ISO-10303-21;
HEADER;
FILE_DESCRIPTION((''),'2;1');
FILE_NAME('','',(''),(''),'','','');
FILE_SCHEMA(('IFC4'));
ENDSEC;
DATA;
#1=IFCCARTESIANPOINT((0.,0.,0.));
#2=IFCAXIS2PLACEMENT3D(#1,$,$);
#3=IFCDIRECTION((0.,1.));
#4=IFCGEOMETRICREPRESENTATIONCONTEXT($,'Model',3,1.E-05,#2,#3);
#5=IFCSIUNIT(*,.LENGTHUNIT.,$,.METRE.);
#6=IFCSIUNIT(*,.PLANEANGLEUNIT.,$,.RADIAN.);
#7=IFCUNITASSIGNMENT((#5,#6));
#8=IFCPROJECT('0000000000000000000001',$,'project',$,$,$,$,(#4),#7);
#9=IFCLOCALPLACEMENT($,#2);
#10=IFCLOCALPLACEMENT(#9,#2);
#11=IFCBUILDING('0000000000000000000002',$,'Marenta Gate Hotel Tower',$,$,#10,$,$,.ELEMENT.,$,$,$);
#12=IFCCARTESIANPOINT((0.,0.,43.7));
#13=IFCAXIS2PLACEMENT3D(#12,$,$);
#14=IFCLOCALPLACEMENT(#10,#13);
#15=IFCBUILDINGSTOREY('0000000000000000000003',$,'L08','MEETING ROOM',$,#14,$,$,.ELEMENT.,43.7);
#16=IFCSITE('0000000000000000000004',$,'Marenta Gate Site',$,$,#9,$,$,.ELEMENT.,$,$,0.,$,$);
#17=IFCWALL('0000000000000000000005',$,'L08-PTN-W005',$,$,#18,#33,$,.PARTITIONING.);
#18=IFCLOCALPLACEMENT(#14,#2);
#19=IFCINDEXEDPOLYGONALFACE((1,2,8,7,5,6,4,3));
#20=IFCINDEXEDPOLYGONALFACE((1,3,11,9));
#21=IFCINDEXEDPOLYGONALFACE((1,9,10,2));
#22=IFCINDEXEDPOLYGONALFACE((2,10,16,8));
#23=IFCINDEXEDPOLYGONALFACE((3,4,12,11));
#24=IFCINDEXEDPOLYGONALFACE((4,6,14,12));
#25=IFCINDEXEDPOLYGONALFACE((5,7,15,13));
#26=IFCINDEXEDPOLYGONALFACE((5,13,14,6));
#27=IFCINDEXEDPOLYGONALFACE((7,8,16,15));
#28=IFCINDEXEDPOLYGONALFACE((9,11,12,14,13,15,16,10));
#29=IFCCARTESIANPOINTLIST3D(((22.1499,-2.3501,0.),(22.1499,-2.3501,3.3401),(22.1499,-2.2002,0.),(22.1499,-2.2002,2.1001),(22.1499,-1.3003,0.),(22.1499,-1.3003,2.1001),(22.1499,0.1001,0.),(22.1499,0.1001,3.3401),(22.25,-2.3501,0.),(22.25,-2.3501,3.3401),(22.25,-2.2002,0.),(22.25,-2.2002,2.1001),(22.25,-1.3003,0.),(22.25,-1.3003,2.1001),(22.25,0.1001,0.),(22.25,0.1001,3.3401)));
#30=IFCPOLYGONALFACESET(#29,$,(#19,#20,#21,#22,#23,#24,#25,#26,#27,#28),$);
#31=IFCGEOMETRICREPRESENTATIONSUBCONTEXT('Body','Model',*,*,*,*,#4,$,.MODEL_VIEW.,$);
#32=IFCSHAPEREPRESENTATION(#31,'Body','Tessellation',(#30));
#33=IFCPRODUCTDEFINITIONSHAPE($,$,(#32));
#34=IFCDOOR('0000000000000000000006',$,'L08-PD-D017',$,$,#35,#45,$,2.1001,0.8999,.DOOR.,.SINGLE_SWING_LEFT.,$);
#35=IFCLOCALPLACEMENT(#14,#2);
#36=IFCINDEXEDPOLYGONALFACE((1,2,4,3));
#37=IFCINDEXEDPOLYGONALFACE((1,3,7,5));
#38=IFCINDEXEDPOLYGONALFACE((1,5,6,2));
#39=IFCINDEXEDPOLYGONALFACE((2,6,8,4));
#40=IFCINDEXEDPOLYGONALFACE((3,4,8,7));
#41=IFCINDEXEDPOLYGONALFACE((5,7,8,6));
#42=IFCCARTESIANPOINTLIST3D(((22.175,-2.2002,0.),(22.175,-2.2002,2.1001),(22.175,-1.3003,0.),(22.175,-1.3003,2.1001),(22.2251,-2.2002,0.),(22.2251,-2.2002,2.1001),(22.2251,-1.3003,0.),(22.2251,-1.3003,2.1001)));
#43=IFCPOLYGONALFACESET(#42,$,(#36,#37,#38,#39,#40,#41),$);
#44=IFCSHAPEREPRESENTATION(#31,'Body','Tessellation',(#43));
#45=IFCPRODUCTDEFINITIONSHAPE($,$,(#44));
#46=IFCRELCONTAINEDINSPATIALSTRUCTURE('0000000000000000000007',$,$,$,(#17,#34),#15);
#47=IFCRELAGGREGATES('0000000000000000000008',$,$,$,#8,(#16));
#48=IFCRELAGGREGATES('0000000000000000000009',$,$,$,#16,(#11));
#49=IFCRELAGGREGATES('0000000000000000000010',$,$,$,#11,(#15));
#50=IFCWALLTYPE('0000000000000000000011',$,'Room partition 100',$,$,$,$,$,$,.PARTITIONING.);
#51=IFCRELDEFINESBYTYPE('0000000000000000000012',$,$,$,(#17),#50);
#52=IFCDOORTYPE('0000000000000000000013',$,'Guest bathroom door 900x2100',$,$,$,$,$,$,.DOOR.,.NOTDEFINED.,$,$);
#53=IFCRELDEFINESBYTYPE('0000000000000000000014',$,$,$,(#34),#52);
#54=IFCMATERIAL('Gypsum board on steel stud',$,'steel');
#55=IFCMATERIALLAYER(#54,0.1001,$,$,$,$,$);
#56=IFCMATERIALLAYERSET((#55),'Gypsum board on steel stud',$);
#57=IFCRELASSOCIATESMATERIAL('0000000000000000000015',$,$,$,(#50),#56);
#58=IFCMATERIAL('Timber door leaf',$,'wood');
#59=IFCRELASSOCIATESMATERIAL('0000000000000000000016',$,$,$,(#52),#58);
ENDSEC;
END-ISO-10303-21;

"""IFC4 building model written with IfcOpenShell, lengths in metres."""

from ifc_helpers import new_model, si_unit, direction, frame, frame_2d, origin, place, context, subcontext, project, spatial, rectangle, extrude, material, layer, layer_set, type_object, element, fill, save


model = new_model("IFC4")

# Units and contexts
model_context = context("Model", 3, precision=1e-05, world=origin(), true_north=direction((0.0, 1.0)))
body_context = subcontext(model_context, "Body", "Model", "MODEL_VIEW")
ifc_project = project(units=[si_unit("LENGTHUNIT", "METRE"), si_unit("PLANEANGLEUNIT", "RADIAN")], contexts=[model_context])

# Site, building, storey
site_placement = place(None, origin())
site = spatial("IfcSite", under=ifc_project, at=site_placement, Name="Marenta Gate Site", CompositionType="ELEMENT", RefElevation=0.0)
building_placement = place(site_placement, origin())
building = spatial("IfcBuilding", under=site, at=building_placement, Name="Marenta Gate Hotel Tower", CompositionType="ELEMENT")
storey_placement = place(building_placement, frame((0.0, 0.0, 43.7)))
storey = spatial("IfcBuildingStorey", under=building, at=storey_placement, Name="L08", Description="MEETING ROOM", CompositionType="ELEMENT", Elevation=43.7)

# Wall, opening, door
ifc_material_1 = material(Name="Gypsum board on steel stud", Category="steel")
ifc_layer_1 = layer(ifc_material_1, 0.1001)
ifc_layer_set_1 = layer_set([ifc_layer_1], Name="Gypsum board on steel stud")
wall_type = type_object("IfcWallType", Name="Room partition 100", PredefinedType="PARTITIONING", material=ifc_layer_set_1)
wall_1_placement = place(storey_placement, frame((22.2, -2.3501, 0.0), z_axis=(0.0, 0.0, 1.0), x_axis=(0.0, 1.0, 0.0)))
wall_1 = element("IfcWall", 1, at=wall_1_placement, inside=storey, type_object=wall_type, Name="L08-PTN-W005", PredefinedType="PARTITIONING", context=body_context, shape_type="SweptSolid", body=[
    extrude(rectangle(XDim=2.4502, YDim=0.1001, at=frame_2d((1.2251, 0.0))), origin(), (0.0, 0.0, 1.0), 3.3401),
])
opening_1_placement = place(wall_1_placement, frame((0.1499, 0.0, 0.0)))
opening_1 = element("IfcOpeningElement", 2, at=opening_1_placement, cuts=wall_1, PredefinedType="OPENING", context=body_context, shape_type="SweptSolid", body=[
    extrude(rectangle(XDim=0.8999, YDim=2.1001, at=frame_2d((0.45, 1.05))), frame((0.0, 0.05, 0.0), z_axis=(0.0, -1.0, 0.0), x_axis=(1.0, 0.0, 0.0)), (0.0, 0.0, 1.0), 0.1001),
])
ifc_material_2 = material(Name="Timber door leaf", Category="wood")
door_type_1 = type_object("IfcDoorType", Name="Guest bathroom door 900x2100", OperationType="NOTDEFINED", PredefinedType="DOOR", material=ifc_material_2)
door_1_placement = place(opening_1_placement, origin())
door_1 = element("IfcDoor", 3, at=door_1_placement, inside=storey, type_object=door_type_1, Name="L08-PD-D017", OperationType="SINGLE_SWING_LEFT", OverallHeight=2.1001, OverallWidth=0.8999, PredefinedType="DOOR", context=body_context, shape_type="SweptSolid", body=[
    extrude(rectangle(XDim=0.8999, YDim=2.1001, at=frame_2d((0.45, 1.05))), frame((0.0, 0.0249, 0.0), z_axis=(0.0, -1.0, 0.0), x_axis=(1.0, 0.0, 0.0)), (0.0, 0.0, 1.0), 0.05),
])
fill(opening_1, door_1)

save(model, "model.ifc")
